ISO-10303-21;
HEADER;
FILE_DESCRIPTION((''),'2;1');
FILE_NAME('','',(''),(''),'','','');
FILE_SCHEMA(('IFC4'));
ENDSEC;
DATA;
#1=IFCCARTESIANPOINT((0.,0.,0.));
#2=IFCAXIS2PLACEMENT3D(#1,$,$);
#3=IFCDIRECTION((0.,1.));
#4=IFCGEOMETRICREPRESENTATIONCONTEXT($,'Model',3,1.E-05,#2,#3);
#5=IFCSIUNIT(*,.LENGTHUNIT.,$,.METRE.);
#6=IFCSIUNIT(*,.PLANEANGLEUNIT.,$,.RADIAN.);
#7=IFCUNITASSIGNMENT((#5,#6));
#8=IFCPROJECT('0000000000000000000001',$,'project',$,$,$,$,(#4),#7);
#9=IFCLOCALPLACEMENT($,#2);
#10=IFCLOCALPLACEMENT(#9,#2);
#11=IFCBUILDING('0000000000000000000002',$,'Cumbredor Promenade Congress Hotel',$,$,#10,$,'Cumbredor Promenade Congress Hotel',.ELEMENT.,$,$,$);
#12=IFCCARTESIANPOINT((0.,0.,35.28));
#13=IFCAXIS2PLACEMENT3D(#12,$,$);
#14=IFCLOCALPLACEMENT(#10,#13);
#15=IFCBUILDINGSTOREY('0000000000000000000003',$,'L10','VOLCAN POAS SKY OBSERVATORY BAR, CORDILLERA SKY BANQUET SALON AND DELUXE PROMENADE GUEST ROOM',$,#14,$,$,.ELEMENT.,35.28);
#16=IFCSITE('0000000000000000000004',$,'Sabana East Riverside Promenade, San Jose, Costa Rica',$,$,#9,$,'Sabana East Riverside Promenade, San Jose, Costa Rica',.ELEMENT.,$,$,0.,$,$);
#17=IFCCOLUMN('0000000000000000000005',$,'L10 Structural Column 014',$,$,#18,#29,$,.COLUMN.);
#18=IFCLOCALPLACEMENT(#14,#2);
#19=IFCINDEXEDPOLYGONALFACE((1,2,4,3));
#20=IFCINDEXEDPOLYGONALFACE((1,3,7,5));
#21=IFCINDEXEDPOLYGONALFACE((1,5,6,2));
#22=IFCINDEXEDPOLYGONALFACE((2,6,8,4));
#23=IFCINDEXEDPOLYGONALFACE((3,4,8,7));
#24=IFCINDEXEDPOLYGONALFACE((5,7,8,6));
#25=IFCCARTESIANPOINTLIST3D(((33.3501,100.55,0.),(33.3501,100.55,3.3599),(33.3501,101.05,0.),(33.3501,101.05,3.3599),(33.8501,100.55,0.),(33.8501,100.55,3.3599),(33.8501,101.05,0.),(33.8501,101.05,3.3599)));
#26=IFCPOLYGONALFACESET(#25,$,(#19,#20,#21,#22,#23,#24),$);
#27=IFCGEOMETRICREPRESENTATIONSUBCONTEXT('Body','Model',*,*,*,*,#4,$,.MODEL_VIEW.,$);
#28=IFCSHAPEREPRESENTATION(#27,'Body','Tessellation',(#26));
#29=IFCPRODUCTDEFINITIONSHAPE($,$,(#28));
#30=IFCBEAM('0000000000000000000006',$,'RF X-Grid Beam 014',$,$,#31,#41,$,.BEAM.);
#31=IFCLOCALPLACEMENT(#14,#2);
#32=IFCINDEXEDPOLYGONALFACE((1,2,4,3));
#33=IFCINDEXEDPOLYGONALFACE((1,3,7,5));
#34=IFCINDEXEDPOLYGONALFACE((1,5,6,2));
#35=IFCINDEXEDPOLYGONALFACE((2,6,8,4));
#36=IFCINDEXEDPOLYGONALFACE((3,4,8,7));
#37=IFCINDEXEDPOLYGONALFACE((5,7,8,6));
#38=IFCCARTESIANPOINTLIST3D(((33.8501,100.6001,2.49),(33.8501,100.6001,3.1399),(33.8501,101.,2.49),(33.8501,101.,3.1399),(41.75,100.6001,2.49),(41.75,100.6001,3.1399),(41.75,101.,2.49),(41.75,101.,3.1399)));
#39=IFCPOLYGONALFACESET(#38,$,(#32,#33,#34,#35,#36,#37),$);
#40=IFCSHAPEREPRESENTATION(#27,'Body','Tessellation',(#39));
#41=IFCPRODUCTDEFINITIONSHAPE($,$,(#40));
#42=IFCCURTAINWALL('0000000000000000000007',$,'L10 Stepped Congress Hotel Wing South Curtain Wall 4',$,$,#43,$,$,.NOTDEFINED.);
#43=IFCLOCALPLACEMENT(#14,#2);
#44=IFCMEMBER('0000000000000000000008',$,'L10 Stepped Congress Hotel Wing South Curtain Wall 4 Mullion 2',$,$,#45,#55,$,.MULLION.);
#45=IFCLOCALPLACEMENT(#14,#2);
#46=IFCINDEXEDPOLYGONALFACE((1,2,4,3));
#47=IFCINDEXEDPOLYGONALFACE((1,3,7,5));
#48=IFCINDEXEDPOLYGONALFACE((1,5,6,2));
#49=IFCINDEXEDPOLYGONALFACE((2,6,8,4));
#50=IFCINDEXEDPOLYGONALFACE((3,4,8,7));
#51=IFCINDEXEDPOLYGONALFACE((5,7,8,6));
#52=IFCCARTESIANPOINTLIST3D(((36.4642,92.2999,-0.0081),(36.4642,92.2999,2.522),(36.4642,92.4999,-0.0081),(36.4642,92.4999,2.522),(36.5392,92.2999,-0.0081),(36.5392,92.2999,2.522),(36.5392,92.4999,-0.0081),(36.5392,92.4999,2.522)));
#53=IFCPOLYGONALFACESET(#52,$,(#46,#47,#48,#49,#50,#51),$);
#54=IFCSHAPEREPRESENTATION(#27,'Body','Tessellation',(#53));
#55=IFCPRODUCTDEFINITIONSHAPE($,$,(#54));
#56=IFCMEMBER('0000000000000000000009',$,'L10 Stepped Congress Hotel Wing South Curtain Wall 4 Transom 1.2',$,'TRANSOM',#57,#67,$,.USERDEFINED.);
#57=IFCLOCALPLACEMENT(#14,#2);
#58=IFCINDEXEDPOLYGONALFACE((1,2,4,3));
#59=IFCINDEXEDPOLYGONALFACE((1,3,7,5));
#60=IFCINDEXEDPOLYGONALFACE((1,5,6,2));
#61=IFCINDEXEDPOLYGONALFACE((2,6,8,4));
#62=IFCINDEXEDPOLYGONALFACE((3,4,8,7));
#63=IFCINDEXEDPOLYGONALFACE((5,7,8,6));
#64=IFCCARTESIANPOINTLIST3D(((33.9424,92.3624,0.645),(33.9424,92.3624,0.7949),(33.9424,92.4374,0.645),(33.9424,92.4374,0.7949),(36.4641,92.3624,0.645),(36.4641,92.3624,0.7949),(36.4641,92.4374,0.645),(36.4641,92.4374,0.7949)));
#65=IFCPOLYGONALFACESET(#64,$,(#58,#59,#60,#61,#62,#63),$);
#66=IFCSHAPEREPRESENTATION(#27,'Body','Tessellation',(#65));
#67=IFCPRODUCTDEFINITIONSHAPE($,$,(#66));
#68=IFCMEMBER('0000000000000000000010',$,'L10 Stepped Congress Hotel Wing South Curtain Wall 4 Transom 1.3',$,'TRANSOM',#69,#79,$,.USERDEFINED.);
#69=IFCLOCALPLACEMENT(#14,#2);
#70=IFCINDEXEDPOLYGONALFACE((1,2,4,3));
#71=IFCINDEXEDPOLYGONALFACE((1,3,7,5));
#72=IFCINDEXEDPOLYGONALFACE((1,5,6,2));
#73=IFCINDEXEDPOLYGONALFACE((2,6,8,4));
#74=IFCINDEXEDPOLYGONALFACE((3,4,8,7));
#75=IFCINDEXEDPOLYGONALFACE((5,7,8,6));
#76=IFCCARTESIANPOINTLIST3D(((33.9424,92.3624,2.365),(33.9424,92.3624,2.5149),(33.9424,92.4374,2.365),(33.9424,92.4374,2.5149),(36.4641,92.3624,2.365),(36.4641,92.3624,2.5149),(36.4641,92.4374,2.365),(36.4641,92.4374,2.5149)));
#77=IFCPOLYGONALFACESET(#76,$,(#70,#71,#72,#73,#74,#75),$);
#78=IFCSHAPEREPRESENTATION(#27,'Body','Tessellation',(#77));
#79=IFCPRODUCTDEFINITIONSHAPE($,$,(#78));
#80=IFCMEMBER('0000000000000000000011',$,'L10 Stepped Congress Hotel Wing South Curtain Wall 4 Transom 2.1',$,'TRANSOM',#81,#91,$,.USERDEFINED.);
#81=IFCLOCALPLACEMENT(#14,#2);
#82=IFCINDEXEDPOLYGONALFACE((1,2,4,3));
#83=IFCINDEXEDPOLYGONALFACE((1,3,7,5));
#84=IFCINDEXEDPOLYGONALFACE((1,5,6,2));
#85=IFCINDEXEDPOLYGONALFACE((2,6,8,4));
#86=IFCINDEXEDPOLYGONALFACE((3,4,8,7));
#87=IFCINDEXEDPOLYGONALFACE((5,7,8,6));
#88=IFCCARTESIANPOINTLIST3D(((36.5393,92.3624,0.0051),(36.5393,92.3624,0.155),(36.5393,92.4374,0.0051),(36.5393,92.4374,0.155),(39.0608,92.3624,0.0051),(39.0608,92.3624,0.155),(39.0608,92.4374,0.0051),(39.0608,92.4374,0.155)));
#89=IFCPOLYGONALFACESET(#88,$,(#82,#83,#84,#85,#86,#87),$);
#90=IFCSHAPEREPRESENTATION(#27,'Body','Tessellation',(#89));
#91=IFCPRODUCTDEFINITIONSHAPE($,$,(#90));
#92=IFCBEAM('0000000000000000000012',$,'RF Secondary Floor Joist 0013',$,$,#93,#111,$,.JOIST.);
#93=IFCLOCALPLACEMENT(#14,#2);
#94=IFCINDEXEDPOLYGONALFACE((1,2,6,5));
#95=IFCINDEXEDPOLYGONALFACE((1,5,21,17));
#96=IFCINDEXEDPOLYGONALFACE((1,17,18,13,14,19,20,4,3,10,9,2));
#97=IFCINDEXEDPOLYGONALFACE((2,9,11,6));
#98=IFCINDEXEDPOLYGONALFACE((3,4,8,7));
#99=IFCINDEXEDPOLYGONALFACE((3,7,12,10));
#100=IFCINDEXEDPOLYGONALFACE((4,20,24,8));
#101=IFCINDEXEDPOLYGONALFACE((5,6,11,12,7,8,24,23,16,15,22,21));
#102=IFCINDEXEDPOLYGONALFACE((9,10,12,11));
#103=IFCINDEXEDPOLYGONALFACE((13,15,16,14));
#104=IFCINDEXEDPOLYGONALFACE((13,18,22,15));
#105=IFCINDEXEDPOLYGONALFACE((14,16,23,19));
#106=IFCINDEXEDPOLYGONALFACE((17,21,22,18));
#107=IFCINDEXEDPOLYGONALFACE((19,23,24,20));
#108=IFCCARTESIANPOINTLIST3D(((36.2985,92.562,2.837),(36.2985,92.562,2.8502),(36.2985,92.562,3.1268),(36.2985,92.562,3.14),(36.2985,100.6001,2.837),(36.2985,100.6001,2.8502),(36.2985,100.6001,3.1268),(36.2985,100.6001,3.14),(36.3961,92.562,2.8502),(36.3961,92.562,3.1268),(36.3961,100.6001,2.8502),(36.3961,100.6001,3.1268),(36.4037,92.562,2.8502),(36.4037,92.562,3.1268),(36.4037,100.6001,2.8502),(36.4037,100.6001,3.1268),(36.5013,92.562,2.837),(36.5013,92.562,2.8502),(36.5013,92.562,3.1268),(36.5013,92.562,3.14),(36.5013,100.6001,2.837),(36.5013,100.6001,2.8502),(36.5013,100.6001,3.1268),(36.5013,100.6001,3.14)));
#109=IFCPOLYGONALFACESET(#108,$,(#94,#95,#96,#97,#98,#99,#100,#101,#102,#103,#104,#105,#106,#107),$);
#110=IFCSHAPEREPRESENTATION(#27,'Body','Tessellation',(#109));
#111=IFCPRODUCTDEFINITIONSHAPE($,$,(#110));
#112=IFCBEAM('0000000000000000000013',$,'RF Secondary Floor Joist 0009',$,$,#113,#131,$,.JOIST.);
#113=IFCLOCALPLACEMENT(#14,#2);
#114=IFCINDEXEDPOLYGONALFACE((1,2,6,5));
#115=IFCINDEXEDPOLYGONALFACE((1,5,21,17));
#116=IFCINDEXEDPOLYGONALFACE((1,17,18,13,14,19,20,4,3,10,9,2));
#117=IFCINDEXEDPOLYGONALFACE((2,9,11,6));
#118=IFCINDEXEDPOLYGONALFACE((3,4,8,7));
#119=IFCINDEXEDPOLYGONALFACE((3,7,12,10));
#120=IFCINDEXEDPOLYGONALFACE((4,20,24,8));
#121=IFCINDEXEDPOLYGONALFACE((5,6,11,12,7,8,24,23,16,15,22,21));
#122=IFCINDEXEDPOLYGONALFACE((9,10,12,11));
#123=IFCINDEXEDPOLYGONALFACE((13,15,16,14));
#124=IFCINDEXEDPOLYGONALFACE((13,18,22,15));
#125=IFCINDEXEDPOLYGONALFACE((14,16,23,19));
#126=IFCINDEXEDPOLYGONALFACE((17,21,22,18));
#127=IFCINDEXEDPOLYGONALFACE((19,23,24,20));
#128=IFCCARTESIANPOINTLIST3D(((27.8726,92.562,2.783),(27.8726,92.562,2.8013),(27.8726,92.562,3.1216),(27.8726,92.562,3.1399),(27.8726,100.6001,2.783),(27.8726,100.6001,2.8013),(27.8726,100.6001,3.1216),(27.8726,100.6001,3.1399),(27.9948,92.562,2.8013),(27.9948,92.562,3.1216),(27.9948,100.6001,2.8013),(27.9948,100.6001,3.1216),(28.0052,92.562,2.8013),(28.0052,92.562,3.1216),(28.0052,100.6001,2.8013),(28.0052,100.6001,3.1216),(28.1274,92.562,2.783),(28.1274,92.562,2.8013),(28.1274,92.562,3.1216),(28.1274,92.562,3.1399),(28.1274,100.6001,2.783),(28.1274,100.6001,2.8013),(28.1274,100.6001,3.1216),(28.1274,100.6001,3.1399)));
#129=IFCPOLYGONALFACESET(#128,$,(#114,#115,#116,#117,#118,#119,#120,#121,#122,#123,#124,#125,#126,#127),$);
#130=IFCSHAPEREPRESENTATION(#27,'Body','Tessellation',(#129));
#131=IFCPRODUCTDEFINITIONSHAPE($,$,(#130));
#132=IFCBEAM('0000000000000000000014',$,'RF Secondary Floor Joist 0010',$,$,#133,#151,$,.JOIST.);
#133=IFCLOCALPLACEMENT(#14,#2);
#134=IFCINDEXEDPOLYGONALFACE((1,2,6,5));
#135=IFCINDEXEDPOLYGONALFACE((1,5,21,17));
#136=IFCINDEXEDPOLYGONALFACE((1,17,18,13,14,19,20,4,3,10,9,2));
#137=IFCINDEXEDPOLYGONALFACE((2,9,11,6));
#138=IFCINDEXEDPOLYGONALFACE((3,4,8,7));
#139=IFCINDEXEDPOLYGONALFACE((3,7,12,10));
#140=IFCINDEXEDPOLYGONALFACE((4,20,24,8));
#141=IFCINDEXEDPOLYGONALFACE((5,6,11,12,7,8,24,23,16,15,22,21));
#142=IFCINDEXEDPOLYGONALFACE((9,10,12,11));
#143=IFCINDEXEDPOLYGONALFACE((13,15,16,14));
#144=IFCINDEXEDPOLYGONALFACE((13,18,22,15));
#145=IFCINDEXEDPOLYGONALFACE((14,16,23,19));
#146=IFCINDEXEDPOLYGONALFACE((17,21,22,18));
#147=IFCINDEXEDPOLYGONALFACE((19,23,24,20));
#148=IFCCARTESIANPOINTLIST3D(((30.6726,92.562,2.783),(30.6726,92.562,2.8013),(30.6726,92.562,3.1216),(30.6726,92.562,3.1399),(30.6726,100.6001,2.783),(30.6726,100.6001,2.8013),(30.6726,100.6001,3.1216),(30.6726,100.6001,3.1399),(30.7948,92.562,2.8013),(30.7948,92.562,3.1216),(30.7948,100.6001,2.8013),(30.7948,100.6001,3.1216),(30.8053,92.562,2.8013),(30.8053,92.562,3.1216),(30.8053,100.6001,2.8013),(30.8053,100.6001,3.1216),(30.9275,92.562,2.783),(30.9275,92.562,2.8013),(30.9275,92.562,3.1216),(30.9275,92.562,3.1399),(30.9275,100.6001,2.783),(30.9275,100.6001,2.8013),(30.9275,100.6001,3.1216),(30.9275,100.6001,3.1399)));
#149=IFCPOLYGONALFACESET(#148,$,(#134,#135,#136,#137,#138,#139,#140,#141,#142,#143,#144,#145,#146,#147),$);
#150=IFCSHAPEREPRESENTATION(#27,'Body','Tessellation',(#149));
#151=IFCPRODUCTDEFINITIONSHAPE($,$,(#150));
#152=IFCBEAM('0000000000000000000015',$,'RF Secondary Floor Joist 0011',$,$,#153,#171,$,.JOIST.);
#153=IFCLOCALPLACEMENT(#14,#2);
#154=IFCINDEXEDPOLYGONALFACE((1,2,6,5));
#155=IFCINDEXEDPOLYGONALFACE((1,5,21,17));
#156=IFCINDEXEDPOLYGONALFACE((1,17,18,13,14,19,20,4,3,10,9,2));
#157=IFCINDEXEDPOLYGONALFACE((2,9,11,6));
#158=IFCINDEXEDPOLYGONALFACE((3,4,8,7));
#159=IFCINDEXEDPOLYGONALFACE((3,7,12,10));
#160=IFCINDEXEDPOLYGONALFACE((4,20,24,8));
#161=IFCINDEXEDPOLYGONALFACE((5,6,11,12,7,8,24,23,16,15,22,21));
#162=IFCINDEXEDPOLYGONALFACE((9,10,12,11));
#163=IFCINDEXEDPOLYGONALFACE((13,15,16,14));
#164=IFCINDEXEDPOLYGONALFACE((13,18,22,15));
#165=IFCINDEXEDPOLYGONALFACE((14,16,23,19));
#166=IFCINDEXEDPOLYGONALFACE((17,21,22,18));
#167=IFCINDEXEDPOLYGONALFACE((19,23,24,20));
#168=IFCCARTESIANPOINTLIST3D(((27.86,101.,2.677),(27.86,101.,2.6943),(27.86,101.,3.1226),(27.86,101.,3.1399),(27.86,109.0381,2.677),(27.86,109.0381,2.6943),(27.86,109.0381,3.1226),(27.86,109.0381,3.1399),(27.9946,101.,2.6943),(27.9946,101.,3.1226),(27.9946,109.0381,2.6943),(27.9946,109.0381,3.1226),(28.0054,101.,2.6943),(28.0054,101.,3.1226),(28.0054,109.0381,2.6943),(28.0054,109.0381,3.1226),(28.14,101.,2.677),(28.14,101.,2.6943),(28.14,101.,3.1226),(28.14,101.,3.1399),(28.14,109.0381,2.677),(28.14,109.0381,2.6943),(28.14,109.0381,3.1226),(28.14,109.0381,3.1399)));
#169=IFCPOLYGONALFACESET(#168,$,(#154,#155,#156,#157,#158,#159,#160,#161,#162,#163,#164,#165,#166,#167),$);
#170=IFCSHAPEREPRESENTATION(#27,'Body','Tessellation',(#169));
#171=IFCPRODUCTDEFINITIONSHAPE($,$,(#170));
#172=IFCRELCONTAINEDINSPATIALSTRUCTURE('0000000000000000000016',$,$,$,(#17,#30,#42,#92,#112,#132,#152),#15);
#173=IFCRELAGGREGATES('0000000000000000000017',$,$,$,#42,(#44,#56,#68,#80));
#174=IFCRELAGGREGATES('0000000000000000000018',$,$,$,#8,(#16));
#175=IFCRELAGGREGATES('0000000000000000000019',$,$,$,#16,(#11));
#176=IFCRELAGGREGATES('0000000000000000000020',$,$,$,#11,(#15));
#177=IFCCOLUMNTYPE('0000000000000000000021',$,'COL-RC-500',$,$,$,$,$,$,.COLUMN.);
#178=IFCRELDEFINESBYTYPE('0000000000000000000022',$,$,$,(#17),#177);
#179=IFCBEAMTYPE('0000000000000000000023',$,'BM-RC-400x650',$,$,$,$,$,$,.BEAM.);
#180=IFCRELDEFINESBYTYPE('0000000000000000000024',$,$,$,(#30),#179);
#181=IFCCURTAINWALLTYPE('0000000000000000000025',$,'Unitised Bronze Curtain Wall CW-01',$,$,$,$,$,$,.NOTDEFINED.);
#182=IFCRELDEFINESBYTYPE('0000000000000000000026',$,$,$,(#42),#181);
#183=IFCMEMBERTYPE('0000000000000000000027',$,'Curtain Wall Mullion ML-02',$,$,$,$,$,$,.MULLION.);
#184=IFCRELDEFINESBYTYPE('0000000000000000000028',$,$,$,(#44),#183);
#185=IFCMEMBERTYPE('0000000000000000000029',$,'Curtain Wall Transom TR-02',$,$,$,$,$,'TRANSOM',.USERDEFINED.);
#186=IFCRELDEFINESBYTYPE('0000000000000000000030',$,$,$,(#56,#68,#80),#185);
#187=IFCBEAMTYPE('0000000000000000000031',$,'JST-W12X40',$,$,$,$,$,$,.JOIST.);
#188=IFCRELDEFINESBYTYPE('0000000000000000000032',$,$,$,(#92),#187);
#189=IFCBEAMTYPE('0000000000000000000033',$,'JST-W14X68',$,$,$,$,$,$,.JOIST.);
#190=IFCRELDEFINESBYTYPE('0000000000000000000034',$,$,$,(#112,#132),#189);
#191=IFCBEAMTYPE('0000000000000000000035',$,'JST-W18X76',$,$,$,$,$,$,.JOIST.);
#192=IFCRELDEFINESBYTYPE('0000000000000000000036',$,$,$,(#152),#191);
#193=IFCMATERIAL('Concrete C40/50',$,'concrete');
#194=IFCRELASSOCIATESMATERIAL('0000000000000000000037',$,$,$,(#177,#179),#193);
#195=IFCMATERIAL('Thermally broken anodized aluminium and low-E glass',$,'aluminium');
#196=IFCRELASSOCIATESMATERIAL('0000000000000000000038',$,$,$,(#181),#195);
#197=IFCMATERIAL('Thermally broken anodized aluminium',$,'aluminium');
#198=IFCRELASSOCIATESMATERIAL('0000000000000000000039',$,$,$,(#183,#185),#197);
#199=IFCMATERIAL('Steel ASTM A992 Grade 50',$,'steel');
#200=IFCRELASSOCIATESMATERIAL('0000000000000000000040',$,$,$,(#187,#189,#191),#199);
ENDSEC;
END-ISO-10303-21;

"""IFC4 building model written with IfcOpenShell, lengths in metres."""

from ifc_helpers import new_model, si_unit, direction, frame, origin, origin_2d, place, context, subcontext, project, spatial, rectangle, i_section, extrude, material, material_profile, profile_set, type_object, element, aggregate, save


model = new_model("IFC4")

# Units and contexts
model_context = context("Model", 3, precision=1e-05, world=origin(), true_north=direction((0.0, 1.0)))
body_context = subcontext(model_context, "Body", "Model", "MODEL_VIEW")
ifc_project = project(units=[si_unit("LENGTHUNIT", "METRE"), si_unit("PLANEANGLEUNIT", "RADIAN")], contexts=[model_context])

# Site, building, storey
site_placement = place(None, origin())
site = spatial("IfcSite", under=ifc_project, at=site_placement, Name="Sabana East Riverside Promenade, San Jose, Costa Rica", LongName="Sabana East Riverside Promenade, San Jose, Costa Rica", CompositionType="ELEMENT", RefElevation=0.0)
building_placement = place(site_placement, origin())
building = spatial("IfcBuilding", under=site, at=building_placement, Name="Cumbredor Promenade Congress Hotel", LongName="Cumbredor Promenade Congress Hotel", CompositionType="ELEMENT")
storey_placement = place(building_placement, frame((0.0, 0.0, 35.28)))
storey = spatial("IfcBuildingStorey", under=building, at=storey_placement, Name="L10", Description="VOLCAN POAS SKY OBSERVATORY BAR, CORDILLERA SKY BANQUET SALON AND DELUXE PROMENADE GUEST ROOM", CompositionType="ELEMENT", Elevation=35.28)

# Column
ifc_material_1 = material(Name="Concrete C40/50", Category="concrete")
ifc_material_profile_1 = material_profile(ifc_material_1, rectangle(XDim=0.5, YDim=0.5, at=origin_2d()), Name="RC 500x500")
ifc_profile_set_1 = profile_set([ifc_material_profile_1], Name="Concrete C40/50")
column_type = type_object("IfcColumnType", Name="COL-RC-500", PredefinedType="COLUMN", material=ifc_profile_set_1)
column_placement = place(storey_placement, frame((33.6001, 100.8, 0.0), z_axis=(0.0, 0.0, 1.0), x_axis=(1.0, 0.0, 0.0)))
element("IfcColumn", 1, at=column_placement, inside=storey, type_object=column_type, Name="L10 Structural Column 014", PredefinedType="COLUMN", context=body_context, shape_type="SweptSolid", body=[
    extrude(rectangle(XDim=0.5, YDim=0.5, at=origin_2d()), origin(), (0.0, 0.0, 1.0), 3.3599),
])

# Beam
ifc_material_profile_2 = material_profile(ifc_material_1, rectangle(XDim=0.3999, YDim=0.6499, at=origin_2d()), Name="RC BEAM 400x650")
ifc_profile_set_2 = profile_set([ifc_material_profile_2], Name="Concrete C40/50")
beam_type_1 = type_object("IfcBeamType", Name="BM-RC-400x650", PredefinedType="BEAM", material=ifc_profile_set_2)
beam_1_placement = place(storey_placement, frame((33.8501, 100.8, 2.8149), z_axis=(1.0, 0.0, 0.0), x_axis=(0.0, 1.0, 0.0)))
element("IfcBeam", 2, at=beam_1_placement, inside=storey, type_object=beam_type_1, Name="RF X-Grid Beam 014", PredefinedType="BEAM", context=body_context, shape_type="SweptSolid", body=[
    extrude(rectangle(XDim=0.3999, YDim=0.6499, at=origin_2d()), origin(), (0.0, 0.0, 1.0), 7.8999),
])

# Curtain wall, members
ifc_material_2 = material(Name="Thermally broken anodized aluminium and low-E glass", Category="aluminium")
curtain_wall_type = type_object("IfcCurtainWallType", Name="Unitised Bronze Curtain Wall CW-01", PredefinedType="NOTDEFINED", material=ifc_material_2)
curtain_wall_placement = place(storey_placement, origin())
curtain_wall = element("IfcCurtainWall", 3, at=curtain_wall_placement, inside=storey, type_object=curtain_wall_type, Name="L10 Stepped Congress Hotel Wing South Curtain Wall 4", PredefinedType="NOTDEFINED")
ifc_material_3 = material(Name="Thermally broken anodized aluminium", Category="aluminium")
ifc_material_profile_3 = material_profile(ifc_material_3, rectangle(XDim=0.075, YDim=0.2, at=origin_2d()), Name="ALU MULLION 75x200")
ifc_profile_set_3 = profile_set([ifc_material_profile_3], Name="Thermally broken anodized aluminium")
member_type_1 = type_object("IfcMemberType", Name="Curtain Wall Mullion ML-02", PredefinedType="MULLION", material=ifc_profile_set_3)
member_1_placement = place(storey_placement, frame((36.5017, 92.3999, -0.0081), z_axis=(0.0, 0.0, 1.0), x_axis=(1.0, 0.0, 0.0)))
member_1 = element("IfcMember", 4, at=member_1_placement, type_object=member_type_1, Name="L10 Stepped Congress Hotel Wing South Curtain Wall 4 Mullion 2", PredefinedType="MULLION", context=body_context, shape_type="SweptSolid", body=[
    extrude(rectangle(XDim=0.075, YDim=0.2, at=origin_2d()), origin(), (0.0, 0.0, 1.0), 2.53),
])
ifc_material_profile_4 = material_profile(ifc_material_3, rectangle(XDim=0.075, YDim=0.1499, at=origin_2d()), Name="ALU TRANSOM 75x150")
ifc_profile_set_4 = profile_set([ifc_material_profile_4], Name="Thermally broken anodized aluminium")
member_type_2 = type_object("IfcMemberType", Name="Curtain Wall Transom TR-02", ElementType="TRANSOM", PredefinedType="USERDEFINED", material=ifc_profile_set_4)
member_2_placement = place(storey_placement, frame((33.9424, 92.3999, 0.72), z_axis=(1.0, 0.0, 0.0), x_axis=(0.0, 1.0, 0.0)))
member_2 = element("IfcMember", 5, at=member_2_placement, type_object=member_type_2, Name="L10 Stepped Congress Hotel Wing South Curtain Wall 4 Transom 1.2", ObjectType="TRANSOM", PredefinedType="USERDEFINED", context=body_context, shape_type="SweptSolid", body=[
    extrude(rectangle(XDim=0.075, YDim=0.1499, at=origin_2d()), origin(), (0.0, 0.0, 1.0), 2.5217),
])
member_3_placement = place(storey_placement, frame((33.9424, 92.3999, 2.4399), z_axis=(1.0, 0.0, 0.0), x_axis=(0.0, 1.0, 0.0)))
member_3 = element("IfcMember", 6, at=member_3_placement, type_object=member_type_2, Name="L10 Stepped Congress Hotel Wing South Curtain Wall 4 Transom 1.3", ObjectType="TRANSOM", PredefinedType="USERDEFINED", context=body_context, shape_type="SweptSolid", body=[
    extrude(rectangle(XDim=0.075, YDim=0.1499, at=origin_2d()), origin(), (0.0, 0.0, 1.0), 2.5217),
])
member_4_placement = place(storey_placement, frame((36.5393, 92.3999, 0.0801), z_axis=(1.0, 0.0, 0.0), x_axis=(0.0, 1.0, 0.0)))
member_4 = element("IfcMember", 7, at=member_4_placement, type_object=member_type_2, Name="L10 Stepped Congress Hotel Wing South Curtain Wall 4 Transom 2.1", ObjectType="TRANSOM", PredefinedType="USERDEFINED", context=body_context, shape_type="SweptSolid", body=[
    extrude(rectangle(XDim=0.075, YDim=0.1499, at=origin_2d()), origin(), (0.0, 0.0, 1.0), 2.5215),
])

# Beams
ifc_material_4 = material(Name="Steel ASTM A992 Grade 50", Category="steel")
ifc_material_profile_5 = material_profile(ifc_material_4, i_section(OverallWidth=0.2029, OverallDepth=0.303, WebThickness=0.0076, FlangeThickness=0.0132, at=origin_2d()), Name="W12X40")
ifc_profile_set_5 = profile_set([ifc_material_profile_5], Name="Steel ASTM A992 Grade 50")
beam_type_2 = type_object("IfcBeamType", Name="JST-W12X40", PredefinedType="JOIST", material=ifc_profile_set_5)
beam_2_placement = place(storey_placement, frame((36.3999, 92.562, 2.9885), z_axis=(0.0, 1.0, 0.0), x_axis=(-1.0, 0.0, 0.0)))
element("IfcBeam", 8, at=beam_2_placement, inside=storey, type_object=beam_type_2, Name="RF Secondary Floor Joist 0013", PredefinedType="JOIST", context=body_context, shape_type="SweptSolid", body=[
    extrude(i_section(OverallWidth=0.2029, OverallDepth=0.303, WebThickness=0.0076, FlangeThickness=0.0132, at=origin_2d()), origin(), (0.0, 0.0, 1.0), 8.0381),
])
ifc_material_profile_6 = material_profile(ifc_material_4, i_section(OverallWidth=0.2549, OverallDepth=0.3569, WebThickness=0.0105, FlangeThickness=0.0183, at=origin_2d()), Name="W14X68")
ifc_profile_set_6 = profile_set([ifc_material_profile_6], Name="Steel ASTM A992 Grade 50")
beam_type_3 = type_object("IfcBeamType", Name="JST-W14X68", PredefinedType="JOIST", material=ifc_profile_set_6)
for number, where, z_axis, x_axis, name in (
    (9, (28.0, 92.562, 2.9614), (0.0, 1.0, 0.0), (-1.0, 0.0, 0.0), "RF Secondary Floor Joist 0009"),
    (10, (30.8, 92.562, 2.9614), (0.0, 1.0, 0.0), (-1.0, 0.0, 0.0), "RF Secondary Floor Joist 0010"),
):
    element("IfcBeam", number, at=place(storey_placement, frame(where, z_axis=z_axis, x_axis=x_axis)), inside=storey, type_object=beam_type_3, Name=name, PredefinedType="JOIST", context=body_context, shape_type="SweptSolid", body=[
        extrude(i_section(OverallWidth=0.2549, OverallDepth=0.3569, WebThickness=0.0105, FlangeThickness=0.0183, at=origin_2d()), origin(), (0.0, 0.0, 1.0), 8.0381),
    ])
ifc_material_profile_7 = material_profile(ifc_material_4, i_section(OverallWidth=0.28, OverallDepth=0.4629, WebThickness=0.0107, FlangeThickness=0.0173, at=origin_2d()), Name="W18X76")
ifc_profile_set_7 = profile_set([ifc_material_profile_7], Name="Steel ASTM A992 Grade 50")
beam_type_4 = type_object("IfcBeamType", Name="JST-W18X76", PredefinedType="JOIST", material=ifc_profile_set_7)
for number, where, z_axis, x_axis, name in (
    (11, (28.0, 101.0, 2.9084), (0.0, 1.0, 0.0), (-1.0, 0.0, 0.0), "RF Secondary Floor Joist 0011"),
):
    element("IfcBeam", number, at=place(storey_placement, frame(where, z_axis=z_axis, x_axis=x_axis)), inside=storey, type_object=beam_type_4, Name=name, PredefinedType="JOIST", context=body_context, shape_type="SweptSolid", body=[
        extrude(i_section(OverallWidth=0.28, OverallDepth=0.4629, WebThickness=0.0107, FlangeThickness=0.0173, at=origin_2d()), origin(), (0.0, 0.0, 1.0), 8.0381),
    ])

aggregate(curtain_wall, [member_1, member_2, member_3, member_4])

save(model, "model.ifc")
